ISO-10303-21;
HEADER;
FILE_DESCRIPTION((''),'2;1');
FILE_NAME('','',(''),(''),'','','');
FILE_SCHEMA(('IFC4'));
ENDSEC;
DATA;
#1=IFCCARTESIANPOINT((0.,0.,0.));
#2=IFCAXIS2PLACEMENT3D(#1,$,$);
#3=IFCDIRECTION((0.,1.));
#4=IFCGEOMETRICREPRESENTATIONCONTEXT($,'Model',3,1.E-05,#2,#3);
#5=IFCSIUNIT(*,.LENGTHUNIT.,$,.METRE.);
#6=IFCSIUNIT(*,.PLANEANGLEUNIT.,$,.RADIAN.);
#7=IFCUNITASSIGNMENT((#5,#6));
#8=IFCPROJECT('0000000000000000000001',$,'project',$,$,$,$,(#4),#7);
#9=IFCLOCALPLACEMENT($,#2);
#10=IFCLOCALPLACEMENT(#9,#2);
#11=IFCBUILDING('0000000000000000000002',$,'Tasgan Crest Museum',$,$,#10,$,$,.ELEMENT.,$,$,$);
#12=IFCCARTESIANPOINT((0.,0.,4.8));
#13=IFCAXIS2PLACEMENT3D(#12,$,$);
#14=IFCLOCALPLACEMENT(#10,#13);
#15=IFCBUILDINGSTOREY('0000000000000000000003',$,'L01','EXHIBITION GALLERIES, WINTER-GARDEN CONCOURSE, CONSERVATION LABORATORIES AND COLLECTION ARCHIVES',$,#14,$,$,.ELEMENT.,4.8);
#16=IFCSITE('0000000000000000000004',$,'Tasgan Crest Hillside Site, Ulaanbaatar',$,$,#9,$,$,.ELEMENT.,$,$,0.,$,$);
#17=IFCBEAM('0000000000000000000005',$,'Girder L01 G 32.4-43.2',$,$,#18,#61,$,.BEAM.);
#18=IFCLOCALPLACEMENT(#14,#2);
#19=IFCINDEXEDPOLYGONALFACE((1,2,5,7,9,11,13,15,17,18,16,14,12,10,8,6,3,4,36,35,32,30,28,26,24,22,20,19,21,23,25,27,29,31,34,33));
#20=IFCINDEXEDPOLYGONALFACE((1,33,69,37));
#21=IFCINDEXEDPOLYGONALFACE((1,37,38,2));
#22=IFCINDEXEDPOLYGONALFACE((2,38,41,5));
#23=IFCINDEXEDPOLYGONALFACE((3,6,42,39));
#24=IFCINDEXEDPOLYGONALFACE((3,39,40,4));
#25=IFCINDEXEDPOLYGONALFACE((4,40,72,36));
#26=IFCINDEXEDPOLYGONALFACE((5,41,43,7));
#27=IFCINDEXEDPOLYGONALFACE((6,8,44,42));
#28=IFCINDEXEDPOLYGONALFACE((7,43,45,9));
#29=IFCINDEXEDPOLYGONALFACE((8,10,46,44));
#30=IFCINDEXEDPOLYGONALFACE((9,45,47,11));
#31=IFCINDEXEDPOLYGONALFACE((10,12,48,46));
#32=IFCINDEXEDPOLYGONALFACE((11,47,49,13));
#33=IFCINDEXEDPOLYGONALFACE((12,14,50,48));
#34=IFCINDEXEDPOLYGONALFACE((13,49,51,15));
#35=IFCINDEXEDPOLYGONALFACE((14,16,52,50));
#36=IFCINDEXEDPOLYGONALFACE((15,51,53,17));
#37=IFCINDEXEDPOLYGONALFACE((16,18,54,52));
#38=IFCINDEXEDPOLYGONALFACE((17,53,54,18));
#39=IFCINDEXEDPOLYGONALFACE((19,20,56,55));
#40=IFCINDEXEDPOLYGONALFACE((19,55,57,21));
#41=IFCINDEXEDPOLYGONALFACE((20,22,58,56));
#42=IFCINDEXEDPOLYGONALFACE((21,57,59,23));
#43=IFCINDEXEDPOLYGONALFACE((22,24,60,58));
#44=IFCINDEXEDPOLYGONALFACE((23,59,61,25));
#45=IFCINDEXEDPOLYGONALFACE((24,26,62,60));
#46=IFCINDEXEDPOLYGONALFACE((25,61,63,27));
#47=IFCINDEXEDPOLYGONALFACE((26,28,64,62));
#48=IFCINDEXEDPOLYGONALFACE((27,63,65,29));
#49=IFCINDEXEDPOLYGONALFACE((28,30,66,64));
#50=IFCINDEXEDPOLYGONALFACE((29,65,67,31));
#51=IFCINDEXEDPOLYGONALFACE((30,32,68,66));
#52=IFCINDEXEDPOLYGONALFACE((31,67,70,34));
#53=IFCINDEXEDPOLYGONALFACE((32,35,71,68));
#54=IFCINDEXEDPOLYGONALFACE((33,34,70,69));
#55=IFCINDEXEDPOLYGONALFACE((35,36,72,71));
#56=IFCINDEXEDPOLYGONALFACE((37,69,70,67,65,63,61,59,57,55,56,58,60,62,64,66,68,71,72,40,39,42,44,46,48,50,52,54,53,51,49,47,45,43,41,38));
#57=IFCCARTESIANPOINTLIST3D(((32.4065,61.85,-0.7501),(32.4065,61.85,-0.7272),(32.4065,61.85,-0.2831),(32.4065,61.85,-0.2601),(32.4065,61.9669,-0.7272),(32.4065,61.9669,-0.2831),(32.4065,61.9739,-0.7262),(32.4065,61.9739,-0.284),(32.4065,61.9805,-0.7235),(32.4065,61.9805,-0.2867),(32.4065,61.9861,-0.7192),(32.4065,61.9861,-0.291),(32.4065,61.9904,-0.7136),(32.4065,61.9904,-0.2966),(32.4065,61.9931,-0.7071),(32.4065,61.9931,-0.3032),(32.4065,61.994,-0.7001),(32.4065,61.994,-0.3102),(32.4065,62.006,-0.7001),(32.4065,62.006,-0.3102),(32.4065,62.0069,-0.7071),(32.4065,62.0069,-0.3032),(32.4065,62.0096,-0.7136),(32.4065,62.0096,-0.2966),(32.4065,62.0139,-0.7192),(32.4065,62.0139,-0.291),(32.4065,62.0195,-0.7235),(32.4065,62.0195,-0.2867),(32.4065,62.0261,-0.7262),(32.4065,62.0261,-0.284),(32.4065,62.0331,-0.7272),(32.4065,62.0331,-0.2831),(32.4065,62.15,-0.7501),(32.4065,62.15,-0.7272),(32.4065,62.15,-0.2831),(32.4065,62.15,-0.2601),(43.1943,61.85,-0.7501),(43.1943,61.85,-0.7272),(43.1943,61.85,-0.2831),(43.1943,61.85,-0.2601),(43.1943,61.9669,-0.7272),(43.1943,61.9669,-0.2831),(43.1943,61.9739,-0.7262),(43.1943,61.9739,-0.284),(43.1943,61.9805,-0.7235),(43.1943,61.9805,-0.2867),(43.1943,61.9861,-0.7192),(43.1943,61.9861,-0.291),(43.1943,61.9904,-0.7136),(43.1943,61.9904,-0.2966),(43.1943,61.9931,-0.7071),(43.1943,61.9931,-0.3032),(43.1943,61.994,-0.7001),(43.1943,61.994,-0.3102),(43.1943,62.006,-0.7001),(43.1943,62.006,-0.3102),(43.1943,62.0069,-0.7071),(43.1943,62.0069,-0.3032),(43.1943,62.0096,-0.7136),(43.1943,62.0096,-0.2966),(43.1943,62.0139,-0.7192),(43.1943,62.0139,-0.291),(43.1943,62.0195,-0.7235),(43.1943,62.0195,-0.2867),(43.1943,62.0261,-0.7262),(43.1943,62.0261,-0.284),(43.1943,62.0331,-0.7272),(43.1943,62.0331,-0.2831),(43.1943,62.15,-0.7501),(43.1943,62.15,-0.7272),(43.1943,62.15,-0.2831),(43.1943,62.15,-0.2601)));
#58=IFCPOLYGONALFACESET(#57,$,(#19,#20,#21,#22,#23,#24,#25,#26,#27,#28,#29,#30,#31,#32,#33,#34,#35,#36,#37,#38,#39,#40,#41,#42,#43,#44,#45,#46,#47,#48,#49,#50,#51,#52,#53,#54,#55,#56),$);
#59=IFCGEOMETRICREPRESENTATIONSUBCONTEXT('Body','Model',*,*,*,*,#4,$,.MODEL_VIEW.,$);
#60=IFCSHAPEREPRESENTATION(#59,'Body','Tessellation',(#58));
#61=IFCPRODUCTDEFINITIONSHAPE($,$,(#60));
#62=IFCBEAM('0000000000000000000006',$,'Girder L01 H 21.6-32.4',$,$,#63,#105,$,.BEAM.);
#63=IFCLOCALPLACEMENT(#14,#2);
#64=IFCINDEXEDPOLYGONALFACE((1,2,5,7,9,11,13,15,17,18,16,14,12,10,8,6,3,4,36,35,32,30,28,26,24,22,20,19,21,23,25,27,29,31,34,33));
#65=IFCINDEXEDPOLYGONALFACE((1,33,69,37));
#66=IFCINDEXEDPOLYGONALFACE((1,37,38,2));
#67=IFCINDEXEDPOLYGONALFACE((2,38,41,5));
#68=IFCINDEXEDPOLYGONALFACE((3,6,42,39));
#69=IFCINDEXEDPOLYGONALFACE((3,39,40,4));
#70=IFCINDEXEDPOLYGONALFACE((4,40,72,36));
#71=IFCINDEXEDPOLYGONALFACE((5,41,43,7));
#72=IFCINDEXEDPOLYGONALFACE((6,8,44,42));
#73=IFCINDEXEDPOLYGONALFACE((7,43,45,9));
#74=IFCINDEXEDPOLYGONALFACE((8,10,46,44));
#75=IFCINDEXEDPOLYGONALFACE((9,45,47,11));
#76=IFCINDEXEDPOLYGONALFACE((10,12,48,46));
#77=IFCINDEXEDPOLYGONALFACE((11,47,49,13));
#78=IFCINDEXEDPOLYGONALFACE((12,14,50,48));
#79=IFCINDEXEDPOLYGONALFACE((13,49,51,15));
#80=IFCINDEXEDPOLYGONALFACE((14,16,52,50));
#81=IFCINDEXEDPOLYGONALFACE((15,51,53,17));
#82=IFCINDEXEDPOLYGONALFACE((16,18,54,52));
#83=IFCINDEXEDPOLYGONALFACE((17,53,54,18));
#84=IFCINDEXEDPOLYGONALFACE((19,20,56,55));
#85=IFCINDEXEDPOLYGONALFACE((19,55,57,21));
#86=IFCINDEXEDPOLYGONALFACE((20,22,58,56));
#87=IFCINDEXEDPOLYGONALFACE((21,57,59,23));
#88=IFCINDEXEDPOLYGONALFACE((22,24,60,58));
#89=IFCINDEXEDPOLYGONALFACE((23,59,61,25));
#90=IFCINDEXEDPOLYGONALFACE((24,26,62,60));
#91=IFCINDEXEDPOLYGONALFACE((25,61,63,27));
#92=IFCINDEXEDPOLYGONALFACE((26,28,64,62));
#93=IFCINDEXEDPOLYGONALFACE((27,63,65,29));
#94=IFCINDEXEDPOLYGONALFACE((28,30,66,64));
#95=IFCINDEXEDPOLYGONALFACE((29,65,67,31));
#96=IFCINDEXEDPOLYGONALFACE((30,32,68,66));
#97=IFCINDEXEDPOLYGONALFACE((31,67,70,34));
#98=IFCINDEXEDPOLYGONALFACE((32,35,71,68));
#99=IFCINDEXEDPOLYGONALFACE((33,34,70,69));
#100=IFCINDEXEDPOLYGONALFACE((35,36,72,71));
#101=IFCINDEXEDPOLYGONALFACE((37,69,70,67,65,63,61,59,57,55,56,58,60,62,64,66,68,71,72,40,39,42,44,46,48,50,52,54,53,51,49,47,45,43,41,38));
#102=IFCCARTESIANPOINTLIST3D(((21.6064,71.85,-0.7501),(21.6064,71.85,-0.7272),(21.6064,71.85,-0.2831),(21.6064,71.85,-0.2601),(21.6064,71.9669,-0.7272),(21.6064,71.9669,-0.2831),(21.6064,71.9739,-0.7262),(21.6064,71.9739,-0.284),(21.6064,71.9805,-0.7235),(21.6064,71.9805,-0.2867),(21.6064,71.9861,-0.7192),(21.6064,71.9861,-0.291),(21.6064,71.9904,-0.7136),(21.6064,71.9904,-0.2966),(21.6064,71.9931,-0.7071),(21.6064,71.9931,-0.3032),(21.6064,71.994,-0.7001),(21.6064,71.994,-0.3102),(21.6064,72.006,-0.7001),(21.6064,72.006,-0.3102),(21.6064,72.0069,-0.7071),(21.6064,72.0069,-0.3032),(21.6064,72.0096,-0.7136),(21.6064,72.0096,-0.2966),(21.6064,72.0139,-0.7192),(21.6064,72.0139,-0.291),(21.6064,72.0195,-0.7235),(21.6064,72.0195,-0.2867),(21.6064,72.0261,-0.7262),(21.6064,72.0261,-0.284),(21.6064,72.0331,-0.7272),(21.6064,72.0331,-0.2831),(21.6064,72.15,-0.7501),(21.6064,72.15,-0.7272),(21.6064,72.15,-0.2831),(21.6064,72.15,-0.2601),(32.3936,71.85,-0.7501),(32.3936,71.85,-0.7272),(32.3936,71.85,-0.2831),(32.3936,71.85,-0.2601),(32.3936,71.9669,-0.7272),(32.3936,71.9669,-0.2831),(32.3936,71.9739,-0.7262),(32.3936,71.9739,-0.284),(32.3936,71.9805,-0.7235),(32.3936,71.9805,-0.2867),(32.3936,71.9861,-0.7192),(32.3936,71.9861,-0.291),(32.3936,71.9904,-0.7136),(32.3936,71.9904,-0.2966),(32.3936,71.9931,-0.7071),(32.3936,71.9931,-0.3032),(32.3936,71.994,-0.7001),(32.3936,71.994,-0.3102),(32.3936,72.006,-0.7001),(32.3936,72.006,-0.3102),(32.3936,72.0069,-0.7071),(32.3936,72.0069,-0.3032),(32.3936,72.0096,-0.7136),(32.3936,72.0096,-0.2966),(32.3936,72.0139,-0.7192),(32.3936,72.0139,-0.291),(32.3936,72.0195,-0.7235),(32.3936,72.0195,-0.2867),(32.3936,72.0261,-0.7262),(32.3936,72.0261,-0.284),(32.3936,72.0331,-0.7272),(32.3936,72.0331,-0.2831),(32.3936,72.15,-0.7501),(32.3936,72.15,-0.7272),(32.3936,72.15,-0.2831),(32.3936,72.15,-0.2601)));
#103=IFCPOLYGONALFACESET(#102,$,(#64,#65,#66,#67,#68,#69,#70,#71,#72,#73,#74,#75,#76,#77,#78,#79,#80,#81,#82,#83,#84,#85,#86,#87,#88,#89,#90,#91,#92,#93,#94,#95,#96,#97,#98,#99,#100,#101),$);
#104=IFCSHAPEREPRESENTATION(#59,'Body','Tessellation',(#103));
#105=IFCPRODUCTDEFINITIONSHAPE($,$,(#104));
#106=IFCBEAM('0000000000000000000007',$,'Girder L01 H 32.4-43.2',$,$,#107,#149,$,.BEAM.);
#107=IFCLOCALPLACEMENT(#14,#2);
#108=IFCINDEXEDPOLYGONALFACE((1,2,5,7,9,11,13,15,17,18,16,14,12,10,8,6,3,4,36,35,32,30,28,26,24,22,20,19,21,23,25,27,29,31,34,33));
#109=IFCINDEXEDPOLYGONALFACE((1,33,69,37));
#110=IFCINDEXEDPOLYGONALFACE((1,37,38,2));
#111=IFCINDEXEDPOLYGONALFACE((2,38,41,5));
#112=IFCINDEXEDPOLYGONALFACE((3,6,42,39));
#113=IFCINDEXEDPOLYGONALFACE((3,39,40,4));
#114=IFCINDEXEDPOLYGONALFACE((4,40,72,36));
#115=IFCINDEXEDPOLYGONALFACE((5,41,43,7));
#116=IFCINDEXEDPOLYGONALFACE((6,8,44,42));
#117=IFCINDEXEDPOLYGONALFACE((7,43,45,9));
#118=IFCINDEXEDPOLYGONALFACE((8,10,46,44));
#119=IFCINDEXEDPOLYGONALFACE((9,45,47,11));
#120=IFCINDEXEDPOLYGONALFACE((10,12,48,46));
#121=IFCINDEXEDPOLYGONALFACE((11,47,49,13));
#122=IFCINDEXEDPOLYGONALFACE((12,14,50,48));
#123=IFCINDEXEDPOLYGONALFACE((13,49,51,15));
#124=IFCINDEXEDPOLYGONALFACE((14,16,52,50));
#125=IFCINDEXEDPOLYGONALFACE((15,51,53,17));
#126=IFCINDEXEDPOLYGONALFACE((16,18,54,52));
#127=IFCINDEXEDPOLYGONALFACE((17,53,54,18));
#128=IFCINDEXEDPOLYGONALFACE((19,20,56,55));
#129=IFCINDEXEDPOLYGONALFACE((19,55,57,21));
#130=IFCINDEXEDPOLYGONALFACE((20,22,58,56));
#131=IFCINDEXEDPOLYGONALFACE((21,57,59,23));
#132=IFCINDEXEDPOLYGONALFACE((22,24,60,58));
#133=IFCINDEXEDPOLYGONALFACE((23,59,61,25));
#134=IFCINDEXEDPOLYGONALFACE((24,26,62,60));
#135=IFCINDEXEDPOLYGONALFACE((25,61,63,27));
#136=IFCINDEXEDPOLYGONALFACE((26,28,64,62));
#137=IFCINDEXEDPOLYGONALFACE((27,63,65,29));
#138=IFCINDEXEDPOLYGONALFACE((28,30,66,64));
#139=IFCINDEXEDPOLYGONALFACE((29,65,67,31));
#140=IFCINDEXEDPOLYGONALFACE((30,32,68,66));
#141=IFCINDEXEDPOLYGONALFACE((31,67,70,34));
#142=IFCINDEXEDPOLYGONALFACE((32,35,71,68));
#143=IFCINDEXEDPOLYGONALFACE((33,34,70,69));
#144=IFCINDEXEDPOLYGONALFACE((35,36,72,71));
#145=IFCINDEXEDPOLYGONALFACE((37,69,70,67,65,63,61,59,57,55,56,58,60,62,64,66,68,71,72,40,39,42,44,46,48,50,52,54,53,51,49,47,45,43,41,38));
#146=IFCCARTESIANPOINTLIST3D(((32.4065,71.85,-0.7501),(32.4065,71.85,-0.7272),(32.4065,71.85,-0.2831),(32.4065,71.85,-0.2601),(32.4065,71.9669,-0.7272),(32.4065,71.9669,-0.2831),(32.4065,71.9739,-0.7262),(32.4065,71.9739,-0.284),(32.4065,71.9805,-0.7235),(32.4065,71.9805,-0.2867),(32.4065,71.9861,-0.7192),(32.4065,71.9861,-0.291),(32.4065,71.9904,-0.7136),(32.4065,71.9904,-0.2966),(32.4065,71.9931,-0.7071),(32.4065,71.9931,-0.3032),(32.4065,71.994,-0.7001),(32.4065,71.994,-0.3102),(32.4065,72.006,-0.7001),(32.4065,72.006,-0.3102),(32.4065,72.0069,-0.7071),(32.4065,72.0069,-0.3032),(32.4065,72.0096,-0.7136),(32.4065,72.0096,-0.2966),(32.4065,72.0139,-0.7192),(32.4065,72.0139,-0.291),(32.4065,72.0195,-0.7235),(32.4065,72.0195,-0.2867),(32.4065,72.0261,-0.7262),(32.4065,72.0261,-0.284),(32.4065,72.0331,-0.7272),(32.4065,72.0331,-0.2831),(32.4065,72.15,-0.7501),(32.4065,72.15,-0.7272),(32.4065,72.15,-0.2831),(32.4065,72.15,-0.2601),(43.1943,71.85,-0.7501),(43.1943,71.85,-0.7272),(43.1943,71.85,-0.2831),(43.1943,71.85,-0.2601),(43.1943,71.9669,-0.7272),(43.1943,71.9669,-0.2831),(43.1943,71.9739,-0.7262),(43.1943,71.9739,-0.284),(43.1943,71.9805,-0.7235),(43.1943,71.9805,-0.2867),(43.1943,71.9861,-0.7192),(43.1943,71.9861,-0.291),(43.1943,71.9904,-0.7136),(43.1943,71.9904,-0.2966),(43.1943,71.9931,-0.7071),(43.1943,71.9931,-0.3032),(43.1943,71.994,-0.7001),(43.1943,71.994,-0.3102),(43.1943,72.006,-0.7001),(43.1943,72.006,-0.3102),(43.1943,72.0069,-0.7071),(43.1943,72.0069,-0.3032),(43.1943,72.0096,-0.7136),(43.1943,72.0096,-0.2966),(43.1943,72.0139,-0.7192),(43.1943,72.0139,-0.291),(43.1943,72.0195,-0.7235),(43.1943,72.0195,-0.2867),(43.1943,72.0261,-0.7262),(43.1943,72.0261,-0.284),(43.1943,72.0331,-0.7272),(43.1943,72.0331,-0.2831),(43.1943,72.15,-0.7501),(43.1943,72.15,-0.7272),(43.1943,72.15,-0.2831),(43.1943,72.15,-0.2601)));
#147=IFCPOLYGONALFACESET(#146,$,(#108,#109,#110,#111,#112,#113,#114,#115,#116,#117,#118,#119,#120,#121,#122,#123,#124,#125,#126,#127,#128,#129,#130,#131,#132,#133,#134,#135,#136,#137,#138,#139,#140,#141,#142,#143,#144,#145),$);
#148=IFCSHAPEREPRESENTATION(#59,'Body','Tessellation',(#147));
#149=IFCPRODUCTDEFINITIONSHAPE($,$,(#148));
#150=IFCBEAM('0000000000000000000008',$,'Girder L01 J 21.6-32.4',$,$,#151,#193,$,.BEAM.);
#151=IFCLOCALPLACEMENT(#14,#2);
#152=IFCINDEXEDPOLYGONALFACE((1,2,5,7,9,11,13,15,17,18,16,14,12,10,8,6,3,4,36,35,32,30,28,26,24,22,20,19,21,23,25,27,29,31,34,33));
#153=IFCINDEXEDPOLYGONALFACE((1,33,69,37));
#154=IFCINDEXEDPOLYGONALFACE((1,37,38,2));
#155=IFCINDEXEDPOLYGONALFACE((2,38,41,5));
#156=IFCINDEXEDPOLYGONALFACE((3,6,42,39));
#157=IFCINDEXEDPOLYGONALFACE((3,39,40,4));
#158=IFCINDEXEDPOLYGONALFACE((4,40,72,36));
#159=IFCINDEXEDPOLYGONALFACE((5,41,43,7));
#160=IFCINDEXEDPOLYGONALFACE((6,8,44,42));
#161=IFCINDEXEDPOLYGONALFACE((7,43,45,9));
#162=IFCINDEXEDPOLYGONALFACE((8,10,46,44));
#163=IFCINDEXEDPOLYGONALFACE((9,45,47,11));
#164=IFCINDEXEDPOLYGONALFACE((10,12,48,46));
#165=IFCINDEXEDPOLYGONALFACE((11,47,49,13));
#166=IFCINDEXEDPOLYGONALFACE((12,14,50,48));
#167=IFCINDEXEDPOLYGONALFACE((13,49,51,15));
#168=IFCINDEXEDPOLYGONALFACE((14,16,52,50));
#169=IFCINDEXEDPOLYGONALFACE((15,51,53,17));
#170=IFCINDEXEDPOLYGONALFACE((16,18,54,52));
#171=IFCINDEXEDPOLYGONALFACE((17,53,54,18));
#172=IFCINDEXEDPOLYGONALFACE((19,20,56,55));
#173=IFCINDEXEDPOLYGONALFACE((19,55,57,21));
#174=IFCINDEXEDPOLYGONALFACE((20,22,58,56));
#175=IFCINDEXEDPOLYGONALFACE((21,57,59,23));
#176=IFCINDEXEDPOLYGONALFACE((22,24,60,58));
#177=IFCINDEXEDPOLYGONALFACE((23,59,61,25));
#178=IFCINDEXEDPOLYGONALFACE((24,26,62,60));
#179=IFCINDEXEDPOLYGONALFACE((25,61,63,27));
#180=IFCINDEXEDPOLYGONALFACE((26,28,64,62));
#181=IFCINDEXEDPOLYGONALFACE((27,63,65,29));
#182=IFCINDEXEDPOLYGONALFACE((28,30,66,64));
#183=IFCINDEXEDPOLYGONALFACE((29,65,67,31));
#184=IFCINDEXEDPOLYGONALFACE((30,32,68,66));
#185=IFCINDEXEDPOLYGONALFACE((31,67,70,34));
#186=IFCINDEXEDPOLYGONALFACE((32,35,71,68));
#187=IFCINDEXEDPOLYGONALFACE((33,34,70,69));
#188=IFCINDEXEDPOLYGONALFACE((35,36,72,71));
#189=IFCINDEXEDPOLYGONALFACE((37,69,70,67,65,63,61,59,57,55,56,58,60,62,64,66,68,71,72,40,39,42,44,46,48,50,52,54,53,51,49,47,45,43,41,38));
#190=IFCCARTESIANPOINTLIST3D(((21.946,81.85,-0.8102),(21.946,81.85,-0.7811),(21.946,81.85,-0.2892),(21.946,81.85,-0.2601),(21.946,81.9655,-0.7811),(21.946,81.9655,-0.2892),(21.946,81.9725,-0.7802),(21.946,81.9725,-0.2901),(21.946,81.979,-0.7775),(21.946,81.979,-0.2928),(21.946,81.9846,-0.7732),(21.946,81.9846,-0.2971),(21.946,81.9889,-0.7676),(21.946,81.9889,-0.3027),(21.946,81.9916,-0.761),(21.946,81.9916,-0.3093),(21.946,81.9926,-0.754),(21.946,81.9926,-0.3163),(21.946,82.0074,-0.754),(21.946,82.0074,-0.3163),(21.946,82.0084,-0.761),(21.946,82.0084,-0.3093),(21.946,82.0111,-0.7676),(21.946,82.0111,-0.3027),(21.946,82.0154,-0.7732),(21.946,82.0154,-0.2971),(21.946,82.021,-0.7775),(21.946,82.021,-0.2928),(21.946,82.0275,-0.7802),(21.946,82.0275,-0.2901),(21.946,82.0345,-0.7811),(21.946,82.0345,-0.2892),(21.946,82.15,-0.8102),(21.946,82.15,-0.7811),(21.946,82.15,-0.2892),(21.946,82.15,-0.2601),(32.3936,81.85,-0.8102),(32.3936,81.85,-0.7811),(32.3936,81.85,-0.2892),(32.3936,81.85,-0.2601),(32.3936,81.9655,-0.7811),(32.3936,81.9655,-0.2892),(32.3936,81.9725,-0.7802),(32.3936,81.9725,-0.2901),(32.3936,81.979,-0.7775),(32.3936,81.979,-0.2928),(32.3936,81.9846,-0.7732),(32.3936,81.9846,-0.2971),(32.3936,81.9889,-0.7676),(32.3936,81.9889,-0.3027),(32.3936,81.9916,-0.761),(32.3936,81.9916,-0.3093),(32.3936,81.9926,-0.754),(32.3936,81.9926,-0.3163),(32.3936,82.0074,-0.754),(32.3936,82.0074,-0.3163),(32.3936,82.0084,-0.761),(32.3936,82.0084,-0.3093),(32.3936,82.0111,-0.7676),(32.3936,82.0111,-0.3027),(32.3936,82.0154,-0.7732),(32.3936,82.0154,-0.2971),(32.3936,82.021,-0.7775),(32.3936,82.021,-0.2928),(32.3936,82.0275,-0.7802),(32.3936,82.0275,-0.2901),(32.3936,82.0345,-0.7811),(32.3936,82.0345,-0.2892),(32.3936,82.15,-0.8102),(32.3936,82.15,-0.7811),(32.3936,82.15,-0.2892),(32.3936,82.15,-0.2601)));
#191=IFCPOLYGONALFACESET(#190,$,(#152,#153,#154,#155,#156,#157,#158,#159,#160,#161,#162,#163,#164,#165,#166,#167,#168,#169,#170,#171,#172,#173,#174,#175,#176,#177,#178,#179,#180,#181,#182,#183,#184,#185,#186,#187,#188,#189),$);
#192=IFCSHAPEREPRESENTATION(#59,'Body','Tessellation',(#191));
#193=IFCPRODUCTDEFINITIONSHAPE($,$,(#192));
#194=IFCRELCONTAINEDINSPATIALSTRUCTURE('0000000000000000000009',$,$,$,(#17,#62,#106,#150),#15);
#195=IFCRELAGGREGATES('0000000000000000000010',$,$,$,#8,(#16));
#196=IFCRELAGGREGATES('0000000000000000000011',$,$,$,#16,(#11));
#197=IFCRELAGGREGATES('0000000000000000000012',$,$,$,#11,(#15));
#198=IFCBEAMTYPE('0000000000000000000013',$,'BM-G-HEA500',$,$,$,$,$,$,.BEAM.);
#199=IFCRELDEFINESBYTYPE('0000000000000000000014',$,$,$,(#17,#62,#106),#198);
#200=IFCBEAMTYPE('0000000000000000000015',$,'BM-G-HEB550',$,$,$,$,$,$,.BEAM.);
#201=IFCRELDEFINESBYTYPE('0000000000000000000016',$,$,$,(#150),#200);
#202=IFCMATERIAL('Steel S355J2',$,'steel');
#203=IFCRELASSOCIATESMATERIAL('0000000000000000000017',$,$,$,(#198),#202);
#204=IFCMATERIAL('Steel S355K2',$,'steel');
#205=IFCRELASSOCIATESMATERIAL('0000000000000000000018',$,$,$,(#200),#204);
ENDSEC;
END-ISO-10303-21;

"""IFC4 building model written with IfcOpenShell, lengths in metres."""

from ifc_helpers import new_model, si_unit, direction, frame, origin, origin_2d, place, context, subcontext, project, spatial, i_section, extrude, material, material_profile, profile_set, type_object, element, save


model = new_model("IFC4")

# Units and contexts
model_context = context("Model", 3, precision=1e-05, world=origin(), true_north=direction((0.0, 1.0)))
body_context = subcontext(model_context, "Body", "Model", "MODEL_VIEW")
ifc_project = project(units=[si_unit("LENGTHUNIT", "METRE"), si_unit("PLANEANGLEUNIT", "RADIAN")], contexts=[model_context])

# Site, building, storey
site_placement = place(None, origin())
site = spatial("IfcSite", under=ifc_project, at=site_placement, Name="Tasgan Crest Hillside Site, Ulaanbaatar", CompositionType="ELEMENT", RefElevation=0.0)
building_placement = place(site_placement, origin())
building = spatial("IfcBuilding", under=site, at=building_placement, Name="Tasgan Crest Museum", CompositionType="ELEMENT")
storey_placement = place(building_placement, frame((0.0, 0.0, 4.8)))
storey = spatial("IfcBuildingStorey", under=building, at=storey_placement, Name="L01", Description="EXHIBITION GALLERIES, WINTER-GARDEN CONCOURSE, CONSERVATION LABORATORIES AND COLLECTION ARCHIVES", CompositionType="ELEMENT", Elevation=4.8)

# Beams
ifc_material_1 = material(Name="Steel S355J2", Category="steel")
ifc_material_profile_1 = material_profile(ifc_material_1, i_section(OverallWidth=0.3, OverallDepth=0.49, WebThickness=0.012, FlangeThickness=0.0229, FilletRadius=0.0271, at=origin_2d()), Name="HEA 500")
ifc_profile_set_1 = profile_set([ifc_material_profile_1], Name="Steel S355J2")
beam_type_1 = type_object("IfcBeamType", Name="BM-G-HEA500", PredefinedType="BEAM", material=ifc_profile_set_1)
beam_1_placement = place(storey_placement, frame((32.4065, 62.0, -0.5051), z_axis=(1.0, 0.0, 0.0), x_axis=(0.0, 1.0, 0.0)))
element("IfcBeam", 1, at=beam_1_placement, inside=storey, type_object=beam_type_1, Name="Girder L01 G 32.4-43.2", PredefinedType="BEAM", context=body_context, shape_type="SweptSolid", body=[
    extrude(i_section(OverallWidth=0.3, OverallDepth=0.49, WebThickness=0.012, FlangeThickness=0.0229, FilletRadius=0.0271, at=origin_2d()), origin(), (0.0, 0.0, 1.0), 10.7878),
])
beam_2_placement = place(storey_placement, frame((21.6064, 72.0, -0.5051), z_axis=(1.0, 0.0, 0.0), x_axis=(0.0, 1.0, 0.0)))
element("IfcBeam", 2, at=beam_2_placement, inside=storey, type_object=beam_type_1, Name="Girder L01 H 21.6-32.4", PredefinedType="BEAM", context=body_context, shape_type="SweptSolid", body=[
    extrude(i_section(OverallWidth=0.3, OverallDepth=0.49, WebThickness=0.012, FlangeThickness=0.0229, FilletRadius=0.0271, at=origin_2d()), origin(), (0.0, 0.0, 1.0), 10.7871),
])
beam_3_placement = place(storey_placement, frame((32.4065, 72.0, -0.5051), z_axis=(1.0, 0.0, 0.0), x_axis=(0.0, 1.0, 0.0)))
element("IfcBeam", 3, at=beam_3_placement, inside=storey, type_object=beam_type_1, Name="Girder L01 H 32.4-43.2", PredefinedType="BEAM", context=body_context, shape_type="SweptSolid", body=[
    extrude(i_section(OverallWidth=0.3, OverallDepth=0.49, WebThickness=0.012, FlangeThickness=0.0229, FilletRadius=0.0271, at=origin_2d()), origin(), (0.0, 0.0, 1.0), 10.7878),
])
ifc_material_2 = material(Name="Steel S355K2", Category="steel")
ifc_material_profile_2 = material_profile(ifc_material_2, i_section(OverallWidth=0.3, OverallDepth=0.55, WebThickness=0.0149, FlangeThickness=0.0291, FilletRadius=0.0271, at=origin_2d()), Name="HEB 550")
ifc_profile_set_2 = profile_set([ifc_material_profile_2], Name="Steel S355K2")
beam_type_2 = type_object("IfcBeamType", Name="BM-G-HEB550", PredefinedType="BEAM", material=ifc_profile_set_2)
beam_4_placement = place(storey_placement, frame((21.946, 82.0, -0.5352), z_axis=(1.0, 0.0, 0.0), x_axis=(0.0, 1.0, 0.0)))
element("IfcBeam", 4, at=beam_4_placement, inside=storey, type_object=beam_type_2, Name="Girder L01 J 21.6-32.4", PredefinedType="BEAM", context=body_context, shape_type="SweptSolid", body=[
    extrude(i_section(OverallWidth=0.3, OverallDepth=0.55, WebThickness=0.0149, FlangeThickness=0.0291, FilletRadius=0.0271, at=origin_2d()), origin(), (0.0, 0.0, 1.0), 10.4475),
])

save(model, "model.ifc")
